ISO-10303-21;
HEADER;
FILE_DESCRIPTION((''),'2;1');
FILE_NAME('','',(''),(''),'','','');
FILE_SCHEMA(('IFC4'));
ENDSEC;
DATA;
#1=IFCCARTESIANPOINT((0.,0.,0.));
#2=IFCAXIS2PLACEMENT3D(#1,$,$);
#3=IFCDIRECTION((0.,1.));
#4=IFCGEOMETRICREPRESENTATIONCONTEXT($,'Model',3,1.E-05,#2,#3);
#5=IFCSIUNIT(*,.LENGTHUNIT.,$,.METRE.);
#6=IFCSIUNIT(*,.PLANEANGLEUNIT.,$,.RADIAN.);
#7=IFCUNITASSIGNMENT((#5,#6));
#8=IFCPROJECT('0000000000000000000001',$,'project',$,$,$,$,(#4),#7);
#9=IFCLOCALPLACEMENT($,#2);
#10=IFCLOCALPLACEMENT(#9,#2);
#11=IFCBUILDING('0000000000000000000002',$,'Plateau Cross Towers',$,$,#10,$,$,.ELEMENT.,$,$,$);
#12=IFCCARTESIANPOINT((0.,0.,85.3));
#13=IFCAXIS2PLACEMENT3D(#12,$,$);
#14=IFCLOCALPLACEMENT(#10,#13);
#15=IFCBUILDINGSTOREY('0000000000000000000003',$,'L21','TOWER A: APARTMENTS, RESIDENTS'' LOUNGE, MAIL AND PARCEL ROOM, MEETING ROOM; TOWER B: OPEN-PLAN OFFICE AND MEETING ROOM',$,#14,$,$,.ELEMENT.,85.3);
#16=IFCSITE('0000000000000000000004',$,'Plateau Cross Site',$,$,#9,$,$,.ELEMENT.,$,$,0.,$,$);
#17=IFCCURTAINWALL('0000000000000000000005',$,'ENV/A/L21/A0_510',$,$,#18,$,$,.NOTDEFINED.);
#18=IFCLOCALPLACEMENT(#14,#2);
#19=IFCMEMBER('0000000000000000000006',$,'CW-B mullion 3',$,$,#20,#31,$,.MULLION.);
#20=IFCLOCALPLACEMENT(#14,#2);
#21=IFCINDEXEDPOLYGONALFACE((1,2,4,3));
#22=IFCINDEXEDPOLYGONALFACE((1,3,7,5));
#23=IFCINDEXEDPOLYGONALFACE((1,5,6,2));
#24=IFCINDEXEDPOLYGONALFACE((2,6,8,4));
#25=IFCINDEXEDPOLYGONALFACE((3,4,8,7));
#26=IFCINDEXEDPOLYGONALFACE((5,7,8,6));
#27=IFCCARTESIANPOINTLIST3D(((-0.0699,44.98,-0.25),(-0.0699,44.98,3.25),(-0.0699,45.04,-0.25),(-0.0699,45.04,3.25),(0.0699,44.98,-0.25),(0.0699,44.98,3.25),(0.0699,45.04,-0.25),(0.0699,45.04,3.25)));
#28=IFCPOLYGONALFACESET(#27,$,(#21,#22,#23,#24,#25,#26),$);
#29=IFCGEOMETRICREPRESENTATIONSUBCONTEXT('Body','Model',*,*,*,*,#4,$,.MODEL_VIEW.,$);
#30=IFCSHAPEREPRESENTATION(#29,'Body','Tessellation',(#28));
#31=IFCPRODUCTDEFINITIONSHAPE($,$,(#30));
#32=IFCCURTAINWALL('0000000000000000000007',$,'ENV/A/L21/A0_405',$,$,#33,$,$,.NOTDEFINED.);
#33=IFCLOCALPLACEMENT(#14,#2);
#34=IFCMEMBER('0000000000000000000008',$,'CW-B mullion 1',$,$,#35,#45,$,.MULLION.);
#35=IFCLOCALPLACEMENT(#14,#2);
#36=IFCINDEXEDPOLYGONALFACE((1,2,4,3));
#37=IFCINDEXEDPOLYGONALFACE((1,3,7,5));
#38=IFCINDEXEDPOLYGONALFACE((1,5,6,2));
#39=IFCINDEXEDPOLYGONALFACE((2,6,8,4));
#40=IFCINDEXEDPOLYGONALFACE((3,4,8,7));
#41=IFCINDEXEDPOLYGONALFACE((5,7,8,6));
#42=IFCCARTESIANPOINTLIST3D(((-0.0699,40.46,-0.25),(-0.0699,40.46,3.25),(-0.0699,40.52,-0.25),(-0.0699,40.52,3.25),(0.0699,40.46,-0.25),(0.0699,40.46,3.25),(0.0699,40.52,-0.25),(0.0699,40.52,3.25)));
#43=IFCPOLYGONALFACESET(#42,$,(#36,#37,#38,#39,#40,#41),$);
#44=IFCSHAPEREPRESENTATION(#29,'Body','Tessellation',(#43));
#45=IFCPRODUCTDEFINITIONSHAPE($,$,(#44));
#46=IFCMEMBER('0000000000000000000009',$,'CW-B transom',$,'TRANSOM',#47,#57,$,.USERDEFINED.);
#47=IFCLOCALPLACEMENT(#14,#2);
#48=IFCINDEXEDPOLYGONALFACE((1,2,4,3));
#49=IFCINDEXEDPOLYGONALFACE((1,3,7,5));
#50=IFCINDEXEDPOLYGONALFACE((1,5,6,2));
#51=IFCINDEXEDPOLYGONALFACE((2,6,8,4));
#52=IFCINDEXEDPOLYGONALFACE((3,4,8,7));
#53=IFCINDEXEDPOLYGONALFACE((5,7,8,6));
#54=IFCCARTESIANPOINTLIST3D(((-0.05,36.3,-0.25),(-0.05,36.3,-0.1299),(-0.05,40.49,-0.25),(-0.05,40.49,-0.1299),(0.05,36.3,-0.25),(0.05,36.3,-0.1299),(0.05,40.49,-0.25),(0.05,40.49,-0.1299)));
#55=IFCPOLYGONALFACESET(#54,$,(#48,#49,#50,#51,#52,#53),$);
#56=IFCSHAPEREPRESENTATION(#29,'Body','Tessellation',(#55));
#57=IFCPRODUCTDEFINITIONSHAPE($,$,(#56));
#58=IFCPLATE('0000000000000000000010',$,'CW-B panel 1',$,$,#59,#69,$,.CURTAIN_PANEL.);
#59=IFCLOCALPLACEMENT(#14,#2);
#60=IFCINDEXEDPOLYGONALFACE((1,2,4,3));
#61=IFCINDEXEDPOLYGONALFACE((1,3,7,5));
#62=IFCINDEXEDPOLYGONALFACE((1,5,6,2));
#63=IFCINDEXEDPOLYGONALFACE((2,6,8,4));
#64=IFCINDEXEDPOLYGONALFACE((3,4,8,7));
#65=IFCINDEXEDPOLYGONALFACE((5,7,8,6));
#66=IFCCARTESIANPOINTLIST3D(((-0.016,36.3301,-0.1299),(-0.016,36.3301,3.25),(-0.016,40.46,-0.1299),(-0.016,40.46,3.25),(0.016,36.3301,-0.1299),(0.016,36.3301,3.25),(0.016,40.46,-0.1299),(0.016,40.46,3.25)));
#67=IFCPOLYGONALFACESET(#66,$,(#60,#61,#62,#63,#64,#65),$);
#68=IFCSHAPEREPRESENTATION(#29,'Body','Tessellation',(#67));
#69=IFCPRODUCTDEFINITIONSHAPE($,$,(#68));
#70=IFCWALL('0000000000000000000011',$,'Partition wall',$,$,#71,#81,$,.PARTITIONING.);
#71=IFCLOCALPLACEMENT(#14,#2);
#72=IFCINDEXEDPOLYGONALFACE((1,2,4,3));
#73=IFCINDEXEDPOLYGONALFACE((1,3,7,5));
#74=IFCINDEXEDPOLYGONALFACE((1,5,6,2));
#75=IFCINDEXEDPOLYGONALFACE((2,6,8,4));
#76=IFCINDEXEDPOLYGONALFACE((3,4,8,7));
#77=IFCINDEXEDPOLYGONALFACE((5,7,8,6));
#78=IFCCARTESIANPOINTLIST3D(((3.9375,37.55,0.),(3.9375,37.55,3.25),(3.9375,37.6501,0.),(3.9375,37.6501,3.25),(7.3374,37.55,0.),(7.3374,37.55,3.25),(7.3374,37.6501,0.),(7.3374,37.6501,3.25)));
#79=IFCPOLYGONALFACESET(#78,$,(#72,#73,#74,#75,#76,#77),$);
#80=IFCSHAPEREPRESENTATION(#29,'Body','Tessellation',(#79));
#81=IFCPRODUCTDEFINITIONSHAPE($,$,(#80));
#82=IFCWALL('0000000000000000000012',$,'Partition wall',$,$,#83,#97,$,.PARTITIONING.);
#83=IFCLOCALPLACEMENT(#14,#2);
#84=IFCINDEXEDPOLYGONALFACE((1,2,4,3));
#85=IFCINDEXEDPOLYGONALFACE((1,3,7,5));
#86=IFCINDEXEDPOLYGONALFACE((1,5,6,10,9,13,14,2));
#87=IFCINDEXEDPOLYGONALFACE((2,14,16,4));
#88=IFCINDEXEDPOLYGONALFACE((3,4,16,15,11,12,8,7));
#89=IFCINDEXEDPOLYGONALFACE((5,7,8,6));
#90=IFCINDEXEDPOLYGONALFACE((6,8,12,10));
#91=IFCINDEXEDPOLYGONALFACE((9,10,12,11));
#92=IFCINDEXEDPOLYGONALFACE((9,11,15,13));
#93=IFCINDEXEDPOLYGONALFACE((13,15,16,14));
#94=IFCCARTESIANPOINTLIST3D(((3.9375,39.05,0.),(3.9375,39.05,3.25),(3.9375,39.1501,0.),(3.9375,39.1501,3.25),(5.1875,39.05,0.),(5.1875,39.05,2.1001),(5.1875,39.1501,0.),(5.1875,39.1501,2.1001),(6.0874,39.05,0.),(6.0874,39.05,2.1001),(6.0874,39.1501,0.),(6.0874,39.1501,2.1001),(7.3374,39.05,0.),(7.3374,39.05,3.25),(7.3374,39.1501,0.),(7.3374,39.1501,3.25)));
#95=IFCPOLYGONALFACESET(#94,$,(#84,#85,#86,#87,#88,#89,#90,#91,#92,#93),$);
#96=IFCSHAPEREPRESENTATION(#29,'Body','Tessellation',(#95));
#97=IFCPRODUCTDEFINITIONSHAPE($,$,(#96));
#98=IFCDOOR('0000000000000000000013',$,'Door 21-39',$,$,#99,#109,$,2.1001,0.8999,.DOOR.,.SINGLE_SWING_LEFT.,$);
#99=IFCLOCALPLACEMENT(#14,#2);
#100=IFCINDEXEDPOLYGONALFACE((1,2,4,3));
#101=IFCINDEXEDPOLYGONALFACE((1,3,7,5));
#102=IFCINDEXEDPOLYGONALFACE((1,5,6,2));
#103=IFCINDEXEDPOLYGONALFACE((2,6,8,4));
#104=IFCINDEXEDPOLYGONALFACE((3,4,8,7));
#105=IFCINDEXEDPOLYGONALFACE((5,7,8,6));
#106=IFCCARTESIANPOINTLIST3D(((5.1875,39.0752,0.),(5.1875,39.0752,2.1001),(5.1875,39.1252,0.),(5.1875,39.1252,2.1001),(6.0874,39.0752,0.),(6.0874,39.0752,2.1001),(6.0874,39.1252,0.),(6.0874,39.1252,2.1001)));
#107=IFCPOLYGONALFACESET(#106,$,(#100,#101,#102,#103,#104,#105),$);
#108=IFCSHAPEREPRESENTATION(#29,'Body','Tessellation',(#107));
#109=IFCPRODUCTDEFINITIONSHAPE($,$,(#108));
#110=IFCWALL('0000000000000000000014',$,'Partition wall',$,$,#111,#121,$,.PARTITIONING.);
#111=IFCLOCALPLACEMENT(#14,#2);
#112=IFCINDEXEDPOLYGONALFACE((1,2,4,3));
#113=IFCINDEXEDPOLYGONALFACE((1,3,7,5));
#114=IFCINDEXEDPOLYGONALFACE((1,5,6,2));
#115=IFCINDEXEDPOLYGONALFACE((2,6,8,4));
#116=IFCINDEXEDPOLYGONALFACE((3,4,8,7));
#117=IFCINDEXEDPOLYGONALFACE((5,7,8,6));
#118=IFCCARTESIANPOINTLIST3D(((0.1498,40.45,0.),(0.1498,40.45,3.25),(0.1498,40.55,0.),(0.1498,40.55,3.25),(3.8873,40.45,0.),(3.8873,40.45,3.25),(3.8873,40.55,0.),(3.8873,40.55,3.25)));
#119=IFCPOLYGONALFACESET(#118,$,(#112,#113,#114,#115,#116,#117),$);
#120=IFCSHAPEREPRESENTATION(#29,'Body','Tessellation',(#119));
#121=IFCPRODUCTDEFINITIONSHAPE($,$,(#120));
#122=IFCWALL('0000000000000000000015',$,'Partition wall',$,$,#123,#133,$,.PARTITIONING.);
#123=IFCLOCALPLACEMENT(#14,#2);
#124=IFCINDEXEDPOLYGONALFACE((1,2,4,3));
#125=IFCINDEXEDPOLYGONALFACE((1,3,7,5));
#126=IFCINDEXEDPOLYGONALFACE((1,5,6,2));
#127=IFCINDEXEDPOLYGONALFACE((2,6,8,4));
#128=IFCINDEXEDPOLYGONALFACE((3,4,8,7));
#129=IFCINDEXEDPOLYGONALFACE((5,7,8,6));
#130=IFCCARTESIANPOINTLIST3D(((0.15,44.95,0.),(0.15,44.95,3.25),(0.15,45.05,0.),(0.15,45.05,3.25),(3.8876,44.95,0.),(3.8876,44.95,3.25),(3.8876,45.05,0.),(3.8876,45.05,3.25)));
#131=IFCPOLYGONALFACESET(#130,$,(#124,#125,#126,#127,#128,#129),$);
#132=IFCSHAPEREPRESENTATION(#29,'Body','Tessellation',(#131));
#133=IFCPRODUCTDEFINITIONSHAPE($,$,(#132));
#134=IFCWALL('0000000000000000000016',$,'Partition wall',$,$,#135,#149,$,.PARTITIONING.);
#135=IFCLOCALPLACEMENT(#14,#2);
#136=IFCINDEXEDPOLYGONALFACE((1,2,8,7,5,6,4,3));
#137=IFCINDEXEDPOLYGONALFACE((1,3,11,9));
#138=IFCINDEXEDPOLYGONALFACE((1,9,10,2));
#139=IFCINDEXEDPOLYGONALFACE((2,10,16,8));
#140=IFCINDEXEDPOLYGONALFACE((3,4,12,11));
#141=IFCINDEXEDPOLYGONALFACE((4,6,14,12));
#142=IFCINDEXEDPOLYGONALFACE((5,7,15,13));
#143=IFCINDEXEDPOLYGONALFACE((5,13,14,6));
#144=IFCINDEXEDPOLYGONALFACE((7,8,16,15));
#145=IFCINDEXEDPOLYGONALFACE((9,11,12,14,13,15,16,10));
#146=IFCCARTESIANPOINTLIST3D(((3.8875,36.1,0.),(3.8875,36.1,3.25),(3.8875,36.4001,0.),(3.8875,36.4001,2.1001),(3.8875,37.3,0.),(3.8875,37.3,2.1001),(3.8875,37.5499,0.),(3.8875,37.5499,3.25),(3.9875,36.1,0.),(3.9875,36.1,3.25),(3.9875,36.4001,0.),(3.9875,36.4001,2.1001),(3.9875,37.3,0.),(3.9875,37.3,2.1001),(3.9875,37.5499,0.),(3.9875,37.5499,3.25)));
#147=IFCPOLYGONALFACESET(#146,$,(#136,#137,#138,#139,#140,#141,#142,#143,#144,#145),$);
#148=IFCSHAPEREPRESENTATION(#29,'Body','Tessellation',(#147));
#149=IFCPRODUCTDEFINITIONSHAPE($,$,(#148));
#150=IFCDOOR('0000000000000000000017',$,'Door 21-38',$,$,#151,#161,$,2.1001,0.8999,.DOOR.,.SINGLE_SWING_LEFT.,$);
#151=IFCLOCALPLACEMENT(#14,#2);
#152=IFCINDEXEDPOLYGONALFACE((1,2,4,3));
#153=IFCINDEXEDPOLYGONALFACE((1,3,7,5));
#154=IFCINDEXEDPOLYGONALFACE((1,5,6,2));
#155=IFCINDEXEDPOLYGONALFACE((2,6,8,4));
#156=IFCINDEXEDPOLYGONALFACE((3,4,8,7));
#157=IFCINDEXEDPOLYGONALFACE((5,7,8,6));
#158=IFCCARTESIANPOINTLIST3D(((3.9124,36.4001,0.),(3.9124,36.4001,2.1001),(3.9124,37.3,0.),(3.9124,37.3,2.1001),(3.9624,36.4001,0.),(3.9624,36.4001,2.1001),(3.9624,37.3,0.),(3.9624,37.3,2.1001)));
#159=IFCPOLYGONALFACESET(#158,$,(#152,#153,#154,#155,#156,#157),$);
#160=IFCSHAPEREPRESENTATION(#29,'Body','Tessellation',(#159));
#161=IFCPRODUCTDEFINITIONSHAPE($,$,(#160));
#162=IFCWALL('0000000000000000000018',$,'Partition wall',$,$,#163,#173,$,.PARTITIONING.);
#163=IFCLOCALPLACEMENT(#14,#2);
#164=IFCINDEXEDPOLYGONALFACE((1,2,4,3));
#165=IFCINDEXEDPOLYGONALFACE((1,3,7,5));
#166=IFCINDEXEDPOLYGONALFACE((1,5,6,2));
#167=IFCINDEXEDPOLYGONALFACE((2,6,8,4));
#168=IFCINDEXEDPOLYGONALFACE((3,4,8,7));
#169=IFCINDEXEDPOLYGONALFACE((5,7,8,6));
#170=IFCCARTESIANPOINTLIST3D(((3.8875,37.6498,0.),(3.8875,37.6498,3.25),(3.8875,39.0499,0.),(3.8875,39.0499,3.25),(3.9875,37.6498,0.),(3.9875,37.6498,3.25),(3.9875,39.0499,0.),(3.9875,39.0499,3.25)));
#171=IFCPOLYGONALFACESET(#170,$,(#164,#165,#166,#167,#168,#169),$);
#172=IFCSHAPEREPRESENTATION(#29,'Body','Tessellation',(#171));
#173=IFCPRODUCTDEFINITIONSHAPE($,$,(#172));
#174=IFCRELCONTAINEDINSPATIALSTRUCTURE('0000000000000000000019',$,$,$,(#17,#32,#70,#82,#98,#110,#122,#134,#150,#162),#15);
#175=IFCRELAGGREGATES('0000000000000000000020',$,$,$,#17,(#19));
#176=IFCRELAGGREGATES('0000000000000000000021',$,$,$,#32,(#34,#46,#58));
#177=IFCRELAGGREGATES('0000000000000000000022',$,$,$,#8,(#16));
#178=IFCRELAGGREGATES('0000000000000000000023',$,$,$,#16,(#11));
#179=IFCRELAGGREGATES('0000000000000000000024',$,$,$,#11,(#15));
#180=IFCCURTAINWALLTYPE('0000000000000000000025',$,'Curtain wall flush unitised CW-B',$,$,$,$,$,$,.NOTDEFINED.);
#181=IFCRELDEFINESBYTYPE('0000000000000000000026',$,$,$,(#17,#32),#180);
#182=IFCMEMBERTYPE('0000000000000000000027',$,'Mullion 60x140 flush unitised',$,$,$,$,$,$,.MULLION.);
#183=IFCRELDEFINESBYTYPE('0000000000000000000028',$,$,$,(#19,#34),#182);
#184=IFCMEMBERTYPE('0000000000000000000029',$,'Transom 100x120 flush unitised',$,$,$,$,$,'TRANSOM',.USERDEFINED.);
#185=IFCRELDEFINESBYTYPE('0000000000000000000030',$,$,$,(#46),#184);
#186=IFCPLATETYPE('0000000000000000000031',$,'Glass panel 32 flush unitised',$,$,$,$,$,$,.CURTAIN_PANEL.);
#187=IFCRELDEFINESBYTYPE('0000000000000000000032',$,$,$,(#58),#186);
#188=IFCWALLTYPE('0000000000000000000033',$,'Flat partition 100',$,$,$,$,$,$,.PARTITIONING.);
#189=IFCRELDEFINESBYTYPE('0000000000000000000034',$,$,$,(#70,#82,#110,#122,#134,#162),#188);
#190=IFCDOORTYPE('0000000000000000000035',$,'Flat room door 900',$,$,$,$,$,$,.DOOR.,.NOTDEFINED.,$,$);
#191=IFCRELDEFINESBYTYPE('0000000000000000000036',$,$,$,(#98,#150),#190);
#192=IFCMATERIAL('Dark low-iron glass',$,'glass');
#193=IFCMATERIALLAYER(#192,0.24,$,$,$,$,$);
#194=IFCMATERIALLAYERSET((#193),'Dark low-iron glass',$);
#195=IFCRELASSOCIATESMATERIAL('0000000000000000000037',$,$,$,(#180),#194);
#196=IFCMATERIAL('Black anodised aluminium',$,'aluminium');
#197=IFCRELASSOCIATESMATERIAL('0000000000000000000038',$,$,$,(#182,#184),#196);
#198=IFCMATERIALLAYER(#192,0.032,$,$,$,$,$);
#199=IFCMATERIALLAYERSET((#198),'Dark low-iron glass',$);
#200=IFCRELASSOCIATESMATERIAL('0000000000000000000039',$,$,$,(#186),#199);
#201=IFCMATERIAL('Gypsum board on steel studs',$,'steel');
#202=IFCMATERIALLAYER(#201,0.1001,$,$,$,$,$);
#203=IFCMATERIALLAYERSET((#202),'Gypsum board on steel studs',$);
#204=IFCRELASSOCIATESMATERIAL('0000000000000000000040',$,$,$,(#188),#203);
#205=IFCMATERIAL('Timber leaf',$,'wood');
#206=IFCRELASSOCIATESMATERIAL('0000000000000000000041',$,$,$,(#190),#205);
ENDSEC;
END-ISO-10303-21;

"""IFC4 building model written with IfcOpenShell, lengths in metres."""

from ifc_helpers import new_model, si_unit, direction, frame, frame_2d, origin, origin_2d, place, context, subcontext, project, spatial, rectangle, extrude, material, layer, layer_set, material_profile, profile_set, type_object, element, fill, aggregate, save


model = new_model("IFC4")

# Units and contexts
model_context = context("Model", 3, precision=1e-05, world=origin(), true_north=direction((0.0, 1.0)))
body_context = subcontext(model_context, "Body", "Model", "MODEL_VIEW")
ifc_project = project(units=[si_unit("LENGTHUNIT", "METRE"), si_unit("PLANEANGLEUNIT", "RADIAN")], contexts=[model_context])

# Site, building, storey
site_placement = place(None, origin())
site = spatial("IfcSite", under=ifc_project, at=site_placement, Name="Plateau Cross Site", CompositionType="ELEMENT", RefElevation=0.0)
building_placement = place(site_placement, origin())
building = spatial("IfcBuilding", under=site, at=building_placement, Name="Plateau Cross Towers", CompositionType="ELEMENT")
storey_placement = place(building_placement, frame((0.0, 0.0, 85.3)))
storey = spatial("IfcBuildingStorey", under=building, at=storey_placement, Name="L21", Description="TOWER A: APARTMENTS, RESIDENTS' LOUNGE, MAIL AND PARCEL ROOM, MEETING ROOM; TOWER B: OPEN-PLAN OFFICE AND MEETING ROOM", CompositionType="ELEMENT", Elevation=85.3)

# Curtain wall, member
ifc_material_1 = material(Name="Dark low-iron glass", Category="glass")
ifc_layer_1 = layer(ifc_material_1, 0.24)
ifc_layer_set_1 = layer_set([ifc_layer_1], Name="Dark low-iron glass")
curtain_wall_type = type_object("IfcCurtainWallType", Name="Curtain wall flush unitised CW-B", PredefinedType="NOTDEFINED", material=ifc_layer_set_1)
curtain_wall_1_placement = place(storey_placement, origin())
curtain_wall_1 = element("IfcCurtainWall", 1, at=curtain_wall_1_placement, inside=storey, type_object=curtain_wall_type, Name="ENV/A/L21/A0_510", PredefinedType="NOTDEFINED")
ifc_material_2 = material(Name="Black anodised aluminium", Category="aluminium")
ifc_material_profile_1 = material_profile(ifc_material_2, rectangle(XDim=0.0601, YDim=0.1399, at=origin_2d()), Name="MULLION 60x140")
ifc_profile_set_1 = profile_set([ifc_material_profile_1], Name="Black anodised aluminium")
member_type_1 = type_object("IfcMemberType", Name="Mullion 60x140 flush unitised", PredefinedType="MULLION", material=ifc_profile_set_1)
member_1_placement = place(storey_placement, frame((0.0, 45.01, -0.25), z_axis=(0.0, 0.0, 1.0), x_axis=(0.0, -1.0, 0.0)))
member_1 = element("IfcMember", 2, at=member_1_placement, type_object=member_type_1, Name="CW-B mullion 3", PredefinedType="MULLION", context=body_context, shape_type="SweptSolid", body=[
    extrude(rectangle(XDim=0.0601, YDim=0.1399, at=origin_2d()), origin(), (0.0, 0.0, 1.0), 3.5),
])
aggregate(curtain_wall_1, [member_1])

# Curtain wall, members, plate
curtain_wall_2_placement = place(storey_placement, origin())
curtain_wall_2 = element("IfcCurtainWall", 3, at=curtain_wall_2_placement, inside=storey, type_object=curtain_wall_type, Name="ENV/A/L21/A0_405", PredefinedType="NOTDEFINED")
member_2_placement = place(storey_placement, frame((0.0, 40.49, -0.25), z_axis=(0.0, 0.0, 1.0), x_axis=(0.0, -1.0, 0.0)))
member_2 = element("IfcMember", 4, at=member_2_placement, type_object=member_type_1, Name="CW-B mullion 1", PredefinedType="MULLION", context=body_context, shape_type="SweptSolid", body=[
    extrude(rectangle(XDim=0.0601, YDim=0.1399, at=origin_2d()), origin(), (0.0, 0.0, 1.0), 3.5),
])
ifc_material_profile_2 = material_profile(ifc_material_2, rectangle(XDim=0.1001, YDim=0.1201, at=origin_2d()), Name="TRANSOM 100x120")
ifc_profile_set_2 = profile_set([ifc_material_profile_2], Name="Black anodised aluminium")
member_type_2 = type_object("IfcMemberType", Name="Transom 100x120 flush unitised", ElementType="TRANSOM", PredefinedType="USERDEFINED", material=ifc_profile_set_2)
member_3_placement = place(storey_placement, frame((0.0, 40.49, -0.1899), z_axis=(0.0, -1.0, 0.0), x_axis=(1.0, 0.0, 0.0)))
member_3 = element("IfcMember", 5, at=member_3_placement, type_object=member_type_2, Name="CW-B transom", ObjectType="TRANSOM", PredefinedType="USERDEFINED", context=body_context, shape_type="SweptSolid", body=[
    extrude(rectangle(XDim=0.1001, YDim=0.1201, at=origin_2d()), origin(), (0.0, 0.0, 1.0), 4.1899),
])
ifc_layer_2 = layer(ifc_material_1, 0.032)
ifc_layer_set_2 = layer_set([ifc_layer_2], Name="Dark low-iron glass")
plate_type = type_object("IfcPlateType", Name="Glass panel 32 flush unitised", PredefinedType="CURTAIN_PANEL", material=ifc_layer_set_2)
plate_placement = place(storey_placement, frame((0.0, 38.395, -0.1299), z_axis=(0.0, 0.0, 1.0), x_axis=(0.0, -1.0, 0.0)))
plate = element("IfcPlate", 6, at=plate_placement, type_object=plate_type, Name="CW-B panel 1", PredefinedType="CURTAIN_PANEL", context=body_context, shape_type="SweptSolid", body=[
    extrude(rectangle(XDim=4.1299, YDim=0.032, at=origin_2d()), origin(), (0.0, 0.0, 1.0), 3.3799),
])
aggregate(curtain_wall_2, [member_2, member_3, plate])

# Wall
ifc_material_3 = material(Name="Gypsum board on steel studs", Category="steel")
ifc_layer_3 = layer(ifc_material_3, 0.1001)
ifc_layer_set_3 = layer_set([ifc_layer_3], Name="Gypsum board on steel studs")
wall_type_1 = type_object("IfcWallType", Name="Flat partition 100", PredefinedType="PARTITIONING", material=ifc_layer_set_3)
wall_1_placement = place(storey_placement, frame((7.3374, 37.6001, 0.0), z_axis=(0.0, 0.0, 1.0), x_axis=(-1.0, 0.0, 0.0)))
element("IfcWall", 7, at=wall_1_placement, inside=storey, type_object=wall_type_1, Name="Partition wall", PredefinedType="PARTITIONING", context=body_context, shape_type="SweptSolid", body=[
    extrude(rectangle(XDim=3.3999, YDim=0.1001, at=frame_2d((1.7, 0.0))), origin(), (0.0, 0.0, 1.0), 3.25),
])

# Wall, opening, door
wall_2_placement = place(storey_placement, frame((7.3374, 39.1001, 0.0), z_axis=(0.0, 0.0, 1.0), x_axis=(-1.0, 0.0, 0.0)))
wall_2 = element("IfcWall", 8, at=wall_2_placement, inside=storey, type_object=wall_type_1, Name="Partition wall", PredefinedType="PARTITIONING", context=body_context, shape_type="SweptSolid", body=[
    extrude(rectangle(XDim=3.3999, YDim=0.1001, at=frame_2d((1.7, 0.0))), origin(), (0.0, 0.0, 1.0), 3.25),
])
opening_1_placement = place(wall_2_placement, frame((1.25, 0.0, 0.0)))
opening_1 = element("IfcOpeningElement", 9, at=opening_1_placement, cuts=wall_2, PredefinedType="OPENING", context=body_context, shape_type="SweptSolid", body=[
    extrude(rectangle(XDim=0.8999, YDim=2.1001, at=frame_2d((0.45, 1.05))), frame((0.0, 0.0601, 0.0), z_axis=(0.0, -1.0, 0.0), x_axis=(1.0, 0.0, 0.0)), (0.0, 0.0, 1.0), 0.1201),
])
ifc_material_4 = material(Name="Timber leaf", Category="wood")
door_type_1 = type_object("IfcDoorType", Name="Flat room door 900", OperationType="NOTDEFINED", PredefinedType="DOOR", material=ifc_material_4)
door_1_placement = place(opening_1_placement, origin())
door_1 = element("IfcDoor", 10, at=door_1_placement, inside=storey, type_object=door_type_1, Name="Door 21-39", OperationType="SINGLE_SWING_LEFT", OverallHeight=2.1001, OverallWidth=0.8999, PredefinedType="DOOR", context=body_context, shape_type="SweptSolid", body=[
    extrude(rectangle(XDim=0.8999, YDim=2.1001, at=frame_2d((0.45, 1.05))), frame((0.0, 0.0249, 0.0), z_axis=(0.0, -1.0, 0.0), x_axis=(1.0, 0.0, 0.0)), (0.0, 0.0, 1.0), 0.05),
])
fill(opening_1, door_1)

# Walls
for number, where, z_axis, x_axis, name in (
    (11, (0.1499, 40.5, 0.0), (0.0, 0.0, 1.0), (1.0, 0.0, 0.0), "Partition wall"),
    (12, (3.8875, 45.0, 0.0), (0.0, 0.0, 1.0), (-1.0, 0.0, 0.0), "Partition wall"),
):
    element("IfcWall", number, at=place(storey_placement, frame(where, z_axis=z_axis, x_axis=x_axis)), inside=storey, type_object=wall_type_1, Name=name, PredefinedType="PARTITIONING", context=body_context, shape_type="SweptSolid", body=[
        extrude(rectangle(XDim=3.7375, YDim=0.1001, at=frame_2d((1.8687, 0.0))), origin(), (0.0, 0.0, 1.0), 3.25),
    ])

# Wall, opening, door
wall_3_placement = place(storey_placement, frame((3.9375, 37.55, 0.0), z_axis=(0.0, 0.0, 1.0), x_axis=(0.0, -1.0, 0.0)))
wall_3 = element("IfcWall", 13, at=wall_3_placement, inside=storey, type_object=wall_type_1, Name="Partition wall", PredefinedType="PARTITIONING", context=body_context, shape_type="SweptSolid", body=[
    extrude(rectangle(XDim=1.45, YDim=0.1001, at=frame_2d((0.7251, 0.0))), origin(), (0.0, 0.0, 1.0), 3.25),
])
opening_2_placement = place(wall_3_placement, frame((0.25, 0.0, 0.0)))
opening_2 = element("IfcOpeningElement", 14, at=opening_2_placement, cuts=wall_3, PredefinedType="OPENING", context=body_context, shape_type="SweptSolid", body=[
    extrude(rectangle(XDim=0.8999, YDim=2.1001, at=frame_2d((0.45, 1.05))), frame((0.0, 0.0601, 0.0), z_axis=(0.0, -1.0, 0.0), x_axis=(1.0, 0.0, 0.0)), (0.0, 0.0, 1.0), 0.1201),
])
door_2_placement = place(opening_2_placement, origin())
door_2 = element("IfcDoor", 15, at=door_2_placement, inside=storey, type_object=door_type_1, Name="Door 21-38", OperationType="SINGLE_SWING_LEFT", OverallHeight=2.1001, OverallWidth=0.8999, PredefinedType="DOOR", context=body_context, shape_type="SweptSolid", body=[
    extrude(rectangle(XDim=0.8999, YDim=2.1001, at=frame_2d((0.45, 1.05))), frame((0.0, 0.0249, 0.0), z_axis=(0.0, -1.0, 0.0), x_axis=(1.0, 0.0, 0.0)), (0.0, 0.0, 1.0), 0.05),
])
fill(opening_2, door_2)

# Wall
wall_4_placement = place(storey_placement, frame((3.9375, 39.05, 0.0), z_axis=(0.0, 0.0, 1.0), x_axis=(0.0, -1.0, 0.0)))
element("IfcWall", 16, at=wall_4_placement, inside=storey, type_object=wall_type_1, Name="Partition wall", PredefinedType="PARTITIONING", context=body_context, shape_type="SweptSolid", body=[
    extrude(rectangle(XDim=1.4001, YDim=0.1001, at=frame_2d((0.7002, 0.0))), origin(), (0.0, 0.0, 1.0), 3.25),
])

save(model, "model.ifc")
